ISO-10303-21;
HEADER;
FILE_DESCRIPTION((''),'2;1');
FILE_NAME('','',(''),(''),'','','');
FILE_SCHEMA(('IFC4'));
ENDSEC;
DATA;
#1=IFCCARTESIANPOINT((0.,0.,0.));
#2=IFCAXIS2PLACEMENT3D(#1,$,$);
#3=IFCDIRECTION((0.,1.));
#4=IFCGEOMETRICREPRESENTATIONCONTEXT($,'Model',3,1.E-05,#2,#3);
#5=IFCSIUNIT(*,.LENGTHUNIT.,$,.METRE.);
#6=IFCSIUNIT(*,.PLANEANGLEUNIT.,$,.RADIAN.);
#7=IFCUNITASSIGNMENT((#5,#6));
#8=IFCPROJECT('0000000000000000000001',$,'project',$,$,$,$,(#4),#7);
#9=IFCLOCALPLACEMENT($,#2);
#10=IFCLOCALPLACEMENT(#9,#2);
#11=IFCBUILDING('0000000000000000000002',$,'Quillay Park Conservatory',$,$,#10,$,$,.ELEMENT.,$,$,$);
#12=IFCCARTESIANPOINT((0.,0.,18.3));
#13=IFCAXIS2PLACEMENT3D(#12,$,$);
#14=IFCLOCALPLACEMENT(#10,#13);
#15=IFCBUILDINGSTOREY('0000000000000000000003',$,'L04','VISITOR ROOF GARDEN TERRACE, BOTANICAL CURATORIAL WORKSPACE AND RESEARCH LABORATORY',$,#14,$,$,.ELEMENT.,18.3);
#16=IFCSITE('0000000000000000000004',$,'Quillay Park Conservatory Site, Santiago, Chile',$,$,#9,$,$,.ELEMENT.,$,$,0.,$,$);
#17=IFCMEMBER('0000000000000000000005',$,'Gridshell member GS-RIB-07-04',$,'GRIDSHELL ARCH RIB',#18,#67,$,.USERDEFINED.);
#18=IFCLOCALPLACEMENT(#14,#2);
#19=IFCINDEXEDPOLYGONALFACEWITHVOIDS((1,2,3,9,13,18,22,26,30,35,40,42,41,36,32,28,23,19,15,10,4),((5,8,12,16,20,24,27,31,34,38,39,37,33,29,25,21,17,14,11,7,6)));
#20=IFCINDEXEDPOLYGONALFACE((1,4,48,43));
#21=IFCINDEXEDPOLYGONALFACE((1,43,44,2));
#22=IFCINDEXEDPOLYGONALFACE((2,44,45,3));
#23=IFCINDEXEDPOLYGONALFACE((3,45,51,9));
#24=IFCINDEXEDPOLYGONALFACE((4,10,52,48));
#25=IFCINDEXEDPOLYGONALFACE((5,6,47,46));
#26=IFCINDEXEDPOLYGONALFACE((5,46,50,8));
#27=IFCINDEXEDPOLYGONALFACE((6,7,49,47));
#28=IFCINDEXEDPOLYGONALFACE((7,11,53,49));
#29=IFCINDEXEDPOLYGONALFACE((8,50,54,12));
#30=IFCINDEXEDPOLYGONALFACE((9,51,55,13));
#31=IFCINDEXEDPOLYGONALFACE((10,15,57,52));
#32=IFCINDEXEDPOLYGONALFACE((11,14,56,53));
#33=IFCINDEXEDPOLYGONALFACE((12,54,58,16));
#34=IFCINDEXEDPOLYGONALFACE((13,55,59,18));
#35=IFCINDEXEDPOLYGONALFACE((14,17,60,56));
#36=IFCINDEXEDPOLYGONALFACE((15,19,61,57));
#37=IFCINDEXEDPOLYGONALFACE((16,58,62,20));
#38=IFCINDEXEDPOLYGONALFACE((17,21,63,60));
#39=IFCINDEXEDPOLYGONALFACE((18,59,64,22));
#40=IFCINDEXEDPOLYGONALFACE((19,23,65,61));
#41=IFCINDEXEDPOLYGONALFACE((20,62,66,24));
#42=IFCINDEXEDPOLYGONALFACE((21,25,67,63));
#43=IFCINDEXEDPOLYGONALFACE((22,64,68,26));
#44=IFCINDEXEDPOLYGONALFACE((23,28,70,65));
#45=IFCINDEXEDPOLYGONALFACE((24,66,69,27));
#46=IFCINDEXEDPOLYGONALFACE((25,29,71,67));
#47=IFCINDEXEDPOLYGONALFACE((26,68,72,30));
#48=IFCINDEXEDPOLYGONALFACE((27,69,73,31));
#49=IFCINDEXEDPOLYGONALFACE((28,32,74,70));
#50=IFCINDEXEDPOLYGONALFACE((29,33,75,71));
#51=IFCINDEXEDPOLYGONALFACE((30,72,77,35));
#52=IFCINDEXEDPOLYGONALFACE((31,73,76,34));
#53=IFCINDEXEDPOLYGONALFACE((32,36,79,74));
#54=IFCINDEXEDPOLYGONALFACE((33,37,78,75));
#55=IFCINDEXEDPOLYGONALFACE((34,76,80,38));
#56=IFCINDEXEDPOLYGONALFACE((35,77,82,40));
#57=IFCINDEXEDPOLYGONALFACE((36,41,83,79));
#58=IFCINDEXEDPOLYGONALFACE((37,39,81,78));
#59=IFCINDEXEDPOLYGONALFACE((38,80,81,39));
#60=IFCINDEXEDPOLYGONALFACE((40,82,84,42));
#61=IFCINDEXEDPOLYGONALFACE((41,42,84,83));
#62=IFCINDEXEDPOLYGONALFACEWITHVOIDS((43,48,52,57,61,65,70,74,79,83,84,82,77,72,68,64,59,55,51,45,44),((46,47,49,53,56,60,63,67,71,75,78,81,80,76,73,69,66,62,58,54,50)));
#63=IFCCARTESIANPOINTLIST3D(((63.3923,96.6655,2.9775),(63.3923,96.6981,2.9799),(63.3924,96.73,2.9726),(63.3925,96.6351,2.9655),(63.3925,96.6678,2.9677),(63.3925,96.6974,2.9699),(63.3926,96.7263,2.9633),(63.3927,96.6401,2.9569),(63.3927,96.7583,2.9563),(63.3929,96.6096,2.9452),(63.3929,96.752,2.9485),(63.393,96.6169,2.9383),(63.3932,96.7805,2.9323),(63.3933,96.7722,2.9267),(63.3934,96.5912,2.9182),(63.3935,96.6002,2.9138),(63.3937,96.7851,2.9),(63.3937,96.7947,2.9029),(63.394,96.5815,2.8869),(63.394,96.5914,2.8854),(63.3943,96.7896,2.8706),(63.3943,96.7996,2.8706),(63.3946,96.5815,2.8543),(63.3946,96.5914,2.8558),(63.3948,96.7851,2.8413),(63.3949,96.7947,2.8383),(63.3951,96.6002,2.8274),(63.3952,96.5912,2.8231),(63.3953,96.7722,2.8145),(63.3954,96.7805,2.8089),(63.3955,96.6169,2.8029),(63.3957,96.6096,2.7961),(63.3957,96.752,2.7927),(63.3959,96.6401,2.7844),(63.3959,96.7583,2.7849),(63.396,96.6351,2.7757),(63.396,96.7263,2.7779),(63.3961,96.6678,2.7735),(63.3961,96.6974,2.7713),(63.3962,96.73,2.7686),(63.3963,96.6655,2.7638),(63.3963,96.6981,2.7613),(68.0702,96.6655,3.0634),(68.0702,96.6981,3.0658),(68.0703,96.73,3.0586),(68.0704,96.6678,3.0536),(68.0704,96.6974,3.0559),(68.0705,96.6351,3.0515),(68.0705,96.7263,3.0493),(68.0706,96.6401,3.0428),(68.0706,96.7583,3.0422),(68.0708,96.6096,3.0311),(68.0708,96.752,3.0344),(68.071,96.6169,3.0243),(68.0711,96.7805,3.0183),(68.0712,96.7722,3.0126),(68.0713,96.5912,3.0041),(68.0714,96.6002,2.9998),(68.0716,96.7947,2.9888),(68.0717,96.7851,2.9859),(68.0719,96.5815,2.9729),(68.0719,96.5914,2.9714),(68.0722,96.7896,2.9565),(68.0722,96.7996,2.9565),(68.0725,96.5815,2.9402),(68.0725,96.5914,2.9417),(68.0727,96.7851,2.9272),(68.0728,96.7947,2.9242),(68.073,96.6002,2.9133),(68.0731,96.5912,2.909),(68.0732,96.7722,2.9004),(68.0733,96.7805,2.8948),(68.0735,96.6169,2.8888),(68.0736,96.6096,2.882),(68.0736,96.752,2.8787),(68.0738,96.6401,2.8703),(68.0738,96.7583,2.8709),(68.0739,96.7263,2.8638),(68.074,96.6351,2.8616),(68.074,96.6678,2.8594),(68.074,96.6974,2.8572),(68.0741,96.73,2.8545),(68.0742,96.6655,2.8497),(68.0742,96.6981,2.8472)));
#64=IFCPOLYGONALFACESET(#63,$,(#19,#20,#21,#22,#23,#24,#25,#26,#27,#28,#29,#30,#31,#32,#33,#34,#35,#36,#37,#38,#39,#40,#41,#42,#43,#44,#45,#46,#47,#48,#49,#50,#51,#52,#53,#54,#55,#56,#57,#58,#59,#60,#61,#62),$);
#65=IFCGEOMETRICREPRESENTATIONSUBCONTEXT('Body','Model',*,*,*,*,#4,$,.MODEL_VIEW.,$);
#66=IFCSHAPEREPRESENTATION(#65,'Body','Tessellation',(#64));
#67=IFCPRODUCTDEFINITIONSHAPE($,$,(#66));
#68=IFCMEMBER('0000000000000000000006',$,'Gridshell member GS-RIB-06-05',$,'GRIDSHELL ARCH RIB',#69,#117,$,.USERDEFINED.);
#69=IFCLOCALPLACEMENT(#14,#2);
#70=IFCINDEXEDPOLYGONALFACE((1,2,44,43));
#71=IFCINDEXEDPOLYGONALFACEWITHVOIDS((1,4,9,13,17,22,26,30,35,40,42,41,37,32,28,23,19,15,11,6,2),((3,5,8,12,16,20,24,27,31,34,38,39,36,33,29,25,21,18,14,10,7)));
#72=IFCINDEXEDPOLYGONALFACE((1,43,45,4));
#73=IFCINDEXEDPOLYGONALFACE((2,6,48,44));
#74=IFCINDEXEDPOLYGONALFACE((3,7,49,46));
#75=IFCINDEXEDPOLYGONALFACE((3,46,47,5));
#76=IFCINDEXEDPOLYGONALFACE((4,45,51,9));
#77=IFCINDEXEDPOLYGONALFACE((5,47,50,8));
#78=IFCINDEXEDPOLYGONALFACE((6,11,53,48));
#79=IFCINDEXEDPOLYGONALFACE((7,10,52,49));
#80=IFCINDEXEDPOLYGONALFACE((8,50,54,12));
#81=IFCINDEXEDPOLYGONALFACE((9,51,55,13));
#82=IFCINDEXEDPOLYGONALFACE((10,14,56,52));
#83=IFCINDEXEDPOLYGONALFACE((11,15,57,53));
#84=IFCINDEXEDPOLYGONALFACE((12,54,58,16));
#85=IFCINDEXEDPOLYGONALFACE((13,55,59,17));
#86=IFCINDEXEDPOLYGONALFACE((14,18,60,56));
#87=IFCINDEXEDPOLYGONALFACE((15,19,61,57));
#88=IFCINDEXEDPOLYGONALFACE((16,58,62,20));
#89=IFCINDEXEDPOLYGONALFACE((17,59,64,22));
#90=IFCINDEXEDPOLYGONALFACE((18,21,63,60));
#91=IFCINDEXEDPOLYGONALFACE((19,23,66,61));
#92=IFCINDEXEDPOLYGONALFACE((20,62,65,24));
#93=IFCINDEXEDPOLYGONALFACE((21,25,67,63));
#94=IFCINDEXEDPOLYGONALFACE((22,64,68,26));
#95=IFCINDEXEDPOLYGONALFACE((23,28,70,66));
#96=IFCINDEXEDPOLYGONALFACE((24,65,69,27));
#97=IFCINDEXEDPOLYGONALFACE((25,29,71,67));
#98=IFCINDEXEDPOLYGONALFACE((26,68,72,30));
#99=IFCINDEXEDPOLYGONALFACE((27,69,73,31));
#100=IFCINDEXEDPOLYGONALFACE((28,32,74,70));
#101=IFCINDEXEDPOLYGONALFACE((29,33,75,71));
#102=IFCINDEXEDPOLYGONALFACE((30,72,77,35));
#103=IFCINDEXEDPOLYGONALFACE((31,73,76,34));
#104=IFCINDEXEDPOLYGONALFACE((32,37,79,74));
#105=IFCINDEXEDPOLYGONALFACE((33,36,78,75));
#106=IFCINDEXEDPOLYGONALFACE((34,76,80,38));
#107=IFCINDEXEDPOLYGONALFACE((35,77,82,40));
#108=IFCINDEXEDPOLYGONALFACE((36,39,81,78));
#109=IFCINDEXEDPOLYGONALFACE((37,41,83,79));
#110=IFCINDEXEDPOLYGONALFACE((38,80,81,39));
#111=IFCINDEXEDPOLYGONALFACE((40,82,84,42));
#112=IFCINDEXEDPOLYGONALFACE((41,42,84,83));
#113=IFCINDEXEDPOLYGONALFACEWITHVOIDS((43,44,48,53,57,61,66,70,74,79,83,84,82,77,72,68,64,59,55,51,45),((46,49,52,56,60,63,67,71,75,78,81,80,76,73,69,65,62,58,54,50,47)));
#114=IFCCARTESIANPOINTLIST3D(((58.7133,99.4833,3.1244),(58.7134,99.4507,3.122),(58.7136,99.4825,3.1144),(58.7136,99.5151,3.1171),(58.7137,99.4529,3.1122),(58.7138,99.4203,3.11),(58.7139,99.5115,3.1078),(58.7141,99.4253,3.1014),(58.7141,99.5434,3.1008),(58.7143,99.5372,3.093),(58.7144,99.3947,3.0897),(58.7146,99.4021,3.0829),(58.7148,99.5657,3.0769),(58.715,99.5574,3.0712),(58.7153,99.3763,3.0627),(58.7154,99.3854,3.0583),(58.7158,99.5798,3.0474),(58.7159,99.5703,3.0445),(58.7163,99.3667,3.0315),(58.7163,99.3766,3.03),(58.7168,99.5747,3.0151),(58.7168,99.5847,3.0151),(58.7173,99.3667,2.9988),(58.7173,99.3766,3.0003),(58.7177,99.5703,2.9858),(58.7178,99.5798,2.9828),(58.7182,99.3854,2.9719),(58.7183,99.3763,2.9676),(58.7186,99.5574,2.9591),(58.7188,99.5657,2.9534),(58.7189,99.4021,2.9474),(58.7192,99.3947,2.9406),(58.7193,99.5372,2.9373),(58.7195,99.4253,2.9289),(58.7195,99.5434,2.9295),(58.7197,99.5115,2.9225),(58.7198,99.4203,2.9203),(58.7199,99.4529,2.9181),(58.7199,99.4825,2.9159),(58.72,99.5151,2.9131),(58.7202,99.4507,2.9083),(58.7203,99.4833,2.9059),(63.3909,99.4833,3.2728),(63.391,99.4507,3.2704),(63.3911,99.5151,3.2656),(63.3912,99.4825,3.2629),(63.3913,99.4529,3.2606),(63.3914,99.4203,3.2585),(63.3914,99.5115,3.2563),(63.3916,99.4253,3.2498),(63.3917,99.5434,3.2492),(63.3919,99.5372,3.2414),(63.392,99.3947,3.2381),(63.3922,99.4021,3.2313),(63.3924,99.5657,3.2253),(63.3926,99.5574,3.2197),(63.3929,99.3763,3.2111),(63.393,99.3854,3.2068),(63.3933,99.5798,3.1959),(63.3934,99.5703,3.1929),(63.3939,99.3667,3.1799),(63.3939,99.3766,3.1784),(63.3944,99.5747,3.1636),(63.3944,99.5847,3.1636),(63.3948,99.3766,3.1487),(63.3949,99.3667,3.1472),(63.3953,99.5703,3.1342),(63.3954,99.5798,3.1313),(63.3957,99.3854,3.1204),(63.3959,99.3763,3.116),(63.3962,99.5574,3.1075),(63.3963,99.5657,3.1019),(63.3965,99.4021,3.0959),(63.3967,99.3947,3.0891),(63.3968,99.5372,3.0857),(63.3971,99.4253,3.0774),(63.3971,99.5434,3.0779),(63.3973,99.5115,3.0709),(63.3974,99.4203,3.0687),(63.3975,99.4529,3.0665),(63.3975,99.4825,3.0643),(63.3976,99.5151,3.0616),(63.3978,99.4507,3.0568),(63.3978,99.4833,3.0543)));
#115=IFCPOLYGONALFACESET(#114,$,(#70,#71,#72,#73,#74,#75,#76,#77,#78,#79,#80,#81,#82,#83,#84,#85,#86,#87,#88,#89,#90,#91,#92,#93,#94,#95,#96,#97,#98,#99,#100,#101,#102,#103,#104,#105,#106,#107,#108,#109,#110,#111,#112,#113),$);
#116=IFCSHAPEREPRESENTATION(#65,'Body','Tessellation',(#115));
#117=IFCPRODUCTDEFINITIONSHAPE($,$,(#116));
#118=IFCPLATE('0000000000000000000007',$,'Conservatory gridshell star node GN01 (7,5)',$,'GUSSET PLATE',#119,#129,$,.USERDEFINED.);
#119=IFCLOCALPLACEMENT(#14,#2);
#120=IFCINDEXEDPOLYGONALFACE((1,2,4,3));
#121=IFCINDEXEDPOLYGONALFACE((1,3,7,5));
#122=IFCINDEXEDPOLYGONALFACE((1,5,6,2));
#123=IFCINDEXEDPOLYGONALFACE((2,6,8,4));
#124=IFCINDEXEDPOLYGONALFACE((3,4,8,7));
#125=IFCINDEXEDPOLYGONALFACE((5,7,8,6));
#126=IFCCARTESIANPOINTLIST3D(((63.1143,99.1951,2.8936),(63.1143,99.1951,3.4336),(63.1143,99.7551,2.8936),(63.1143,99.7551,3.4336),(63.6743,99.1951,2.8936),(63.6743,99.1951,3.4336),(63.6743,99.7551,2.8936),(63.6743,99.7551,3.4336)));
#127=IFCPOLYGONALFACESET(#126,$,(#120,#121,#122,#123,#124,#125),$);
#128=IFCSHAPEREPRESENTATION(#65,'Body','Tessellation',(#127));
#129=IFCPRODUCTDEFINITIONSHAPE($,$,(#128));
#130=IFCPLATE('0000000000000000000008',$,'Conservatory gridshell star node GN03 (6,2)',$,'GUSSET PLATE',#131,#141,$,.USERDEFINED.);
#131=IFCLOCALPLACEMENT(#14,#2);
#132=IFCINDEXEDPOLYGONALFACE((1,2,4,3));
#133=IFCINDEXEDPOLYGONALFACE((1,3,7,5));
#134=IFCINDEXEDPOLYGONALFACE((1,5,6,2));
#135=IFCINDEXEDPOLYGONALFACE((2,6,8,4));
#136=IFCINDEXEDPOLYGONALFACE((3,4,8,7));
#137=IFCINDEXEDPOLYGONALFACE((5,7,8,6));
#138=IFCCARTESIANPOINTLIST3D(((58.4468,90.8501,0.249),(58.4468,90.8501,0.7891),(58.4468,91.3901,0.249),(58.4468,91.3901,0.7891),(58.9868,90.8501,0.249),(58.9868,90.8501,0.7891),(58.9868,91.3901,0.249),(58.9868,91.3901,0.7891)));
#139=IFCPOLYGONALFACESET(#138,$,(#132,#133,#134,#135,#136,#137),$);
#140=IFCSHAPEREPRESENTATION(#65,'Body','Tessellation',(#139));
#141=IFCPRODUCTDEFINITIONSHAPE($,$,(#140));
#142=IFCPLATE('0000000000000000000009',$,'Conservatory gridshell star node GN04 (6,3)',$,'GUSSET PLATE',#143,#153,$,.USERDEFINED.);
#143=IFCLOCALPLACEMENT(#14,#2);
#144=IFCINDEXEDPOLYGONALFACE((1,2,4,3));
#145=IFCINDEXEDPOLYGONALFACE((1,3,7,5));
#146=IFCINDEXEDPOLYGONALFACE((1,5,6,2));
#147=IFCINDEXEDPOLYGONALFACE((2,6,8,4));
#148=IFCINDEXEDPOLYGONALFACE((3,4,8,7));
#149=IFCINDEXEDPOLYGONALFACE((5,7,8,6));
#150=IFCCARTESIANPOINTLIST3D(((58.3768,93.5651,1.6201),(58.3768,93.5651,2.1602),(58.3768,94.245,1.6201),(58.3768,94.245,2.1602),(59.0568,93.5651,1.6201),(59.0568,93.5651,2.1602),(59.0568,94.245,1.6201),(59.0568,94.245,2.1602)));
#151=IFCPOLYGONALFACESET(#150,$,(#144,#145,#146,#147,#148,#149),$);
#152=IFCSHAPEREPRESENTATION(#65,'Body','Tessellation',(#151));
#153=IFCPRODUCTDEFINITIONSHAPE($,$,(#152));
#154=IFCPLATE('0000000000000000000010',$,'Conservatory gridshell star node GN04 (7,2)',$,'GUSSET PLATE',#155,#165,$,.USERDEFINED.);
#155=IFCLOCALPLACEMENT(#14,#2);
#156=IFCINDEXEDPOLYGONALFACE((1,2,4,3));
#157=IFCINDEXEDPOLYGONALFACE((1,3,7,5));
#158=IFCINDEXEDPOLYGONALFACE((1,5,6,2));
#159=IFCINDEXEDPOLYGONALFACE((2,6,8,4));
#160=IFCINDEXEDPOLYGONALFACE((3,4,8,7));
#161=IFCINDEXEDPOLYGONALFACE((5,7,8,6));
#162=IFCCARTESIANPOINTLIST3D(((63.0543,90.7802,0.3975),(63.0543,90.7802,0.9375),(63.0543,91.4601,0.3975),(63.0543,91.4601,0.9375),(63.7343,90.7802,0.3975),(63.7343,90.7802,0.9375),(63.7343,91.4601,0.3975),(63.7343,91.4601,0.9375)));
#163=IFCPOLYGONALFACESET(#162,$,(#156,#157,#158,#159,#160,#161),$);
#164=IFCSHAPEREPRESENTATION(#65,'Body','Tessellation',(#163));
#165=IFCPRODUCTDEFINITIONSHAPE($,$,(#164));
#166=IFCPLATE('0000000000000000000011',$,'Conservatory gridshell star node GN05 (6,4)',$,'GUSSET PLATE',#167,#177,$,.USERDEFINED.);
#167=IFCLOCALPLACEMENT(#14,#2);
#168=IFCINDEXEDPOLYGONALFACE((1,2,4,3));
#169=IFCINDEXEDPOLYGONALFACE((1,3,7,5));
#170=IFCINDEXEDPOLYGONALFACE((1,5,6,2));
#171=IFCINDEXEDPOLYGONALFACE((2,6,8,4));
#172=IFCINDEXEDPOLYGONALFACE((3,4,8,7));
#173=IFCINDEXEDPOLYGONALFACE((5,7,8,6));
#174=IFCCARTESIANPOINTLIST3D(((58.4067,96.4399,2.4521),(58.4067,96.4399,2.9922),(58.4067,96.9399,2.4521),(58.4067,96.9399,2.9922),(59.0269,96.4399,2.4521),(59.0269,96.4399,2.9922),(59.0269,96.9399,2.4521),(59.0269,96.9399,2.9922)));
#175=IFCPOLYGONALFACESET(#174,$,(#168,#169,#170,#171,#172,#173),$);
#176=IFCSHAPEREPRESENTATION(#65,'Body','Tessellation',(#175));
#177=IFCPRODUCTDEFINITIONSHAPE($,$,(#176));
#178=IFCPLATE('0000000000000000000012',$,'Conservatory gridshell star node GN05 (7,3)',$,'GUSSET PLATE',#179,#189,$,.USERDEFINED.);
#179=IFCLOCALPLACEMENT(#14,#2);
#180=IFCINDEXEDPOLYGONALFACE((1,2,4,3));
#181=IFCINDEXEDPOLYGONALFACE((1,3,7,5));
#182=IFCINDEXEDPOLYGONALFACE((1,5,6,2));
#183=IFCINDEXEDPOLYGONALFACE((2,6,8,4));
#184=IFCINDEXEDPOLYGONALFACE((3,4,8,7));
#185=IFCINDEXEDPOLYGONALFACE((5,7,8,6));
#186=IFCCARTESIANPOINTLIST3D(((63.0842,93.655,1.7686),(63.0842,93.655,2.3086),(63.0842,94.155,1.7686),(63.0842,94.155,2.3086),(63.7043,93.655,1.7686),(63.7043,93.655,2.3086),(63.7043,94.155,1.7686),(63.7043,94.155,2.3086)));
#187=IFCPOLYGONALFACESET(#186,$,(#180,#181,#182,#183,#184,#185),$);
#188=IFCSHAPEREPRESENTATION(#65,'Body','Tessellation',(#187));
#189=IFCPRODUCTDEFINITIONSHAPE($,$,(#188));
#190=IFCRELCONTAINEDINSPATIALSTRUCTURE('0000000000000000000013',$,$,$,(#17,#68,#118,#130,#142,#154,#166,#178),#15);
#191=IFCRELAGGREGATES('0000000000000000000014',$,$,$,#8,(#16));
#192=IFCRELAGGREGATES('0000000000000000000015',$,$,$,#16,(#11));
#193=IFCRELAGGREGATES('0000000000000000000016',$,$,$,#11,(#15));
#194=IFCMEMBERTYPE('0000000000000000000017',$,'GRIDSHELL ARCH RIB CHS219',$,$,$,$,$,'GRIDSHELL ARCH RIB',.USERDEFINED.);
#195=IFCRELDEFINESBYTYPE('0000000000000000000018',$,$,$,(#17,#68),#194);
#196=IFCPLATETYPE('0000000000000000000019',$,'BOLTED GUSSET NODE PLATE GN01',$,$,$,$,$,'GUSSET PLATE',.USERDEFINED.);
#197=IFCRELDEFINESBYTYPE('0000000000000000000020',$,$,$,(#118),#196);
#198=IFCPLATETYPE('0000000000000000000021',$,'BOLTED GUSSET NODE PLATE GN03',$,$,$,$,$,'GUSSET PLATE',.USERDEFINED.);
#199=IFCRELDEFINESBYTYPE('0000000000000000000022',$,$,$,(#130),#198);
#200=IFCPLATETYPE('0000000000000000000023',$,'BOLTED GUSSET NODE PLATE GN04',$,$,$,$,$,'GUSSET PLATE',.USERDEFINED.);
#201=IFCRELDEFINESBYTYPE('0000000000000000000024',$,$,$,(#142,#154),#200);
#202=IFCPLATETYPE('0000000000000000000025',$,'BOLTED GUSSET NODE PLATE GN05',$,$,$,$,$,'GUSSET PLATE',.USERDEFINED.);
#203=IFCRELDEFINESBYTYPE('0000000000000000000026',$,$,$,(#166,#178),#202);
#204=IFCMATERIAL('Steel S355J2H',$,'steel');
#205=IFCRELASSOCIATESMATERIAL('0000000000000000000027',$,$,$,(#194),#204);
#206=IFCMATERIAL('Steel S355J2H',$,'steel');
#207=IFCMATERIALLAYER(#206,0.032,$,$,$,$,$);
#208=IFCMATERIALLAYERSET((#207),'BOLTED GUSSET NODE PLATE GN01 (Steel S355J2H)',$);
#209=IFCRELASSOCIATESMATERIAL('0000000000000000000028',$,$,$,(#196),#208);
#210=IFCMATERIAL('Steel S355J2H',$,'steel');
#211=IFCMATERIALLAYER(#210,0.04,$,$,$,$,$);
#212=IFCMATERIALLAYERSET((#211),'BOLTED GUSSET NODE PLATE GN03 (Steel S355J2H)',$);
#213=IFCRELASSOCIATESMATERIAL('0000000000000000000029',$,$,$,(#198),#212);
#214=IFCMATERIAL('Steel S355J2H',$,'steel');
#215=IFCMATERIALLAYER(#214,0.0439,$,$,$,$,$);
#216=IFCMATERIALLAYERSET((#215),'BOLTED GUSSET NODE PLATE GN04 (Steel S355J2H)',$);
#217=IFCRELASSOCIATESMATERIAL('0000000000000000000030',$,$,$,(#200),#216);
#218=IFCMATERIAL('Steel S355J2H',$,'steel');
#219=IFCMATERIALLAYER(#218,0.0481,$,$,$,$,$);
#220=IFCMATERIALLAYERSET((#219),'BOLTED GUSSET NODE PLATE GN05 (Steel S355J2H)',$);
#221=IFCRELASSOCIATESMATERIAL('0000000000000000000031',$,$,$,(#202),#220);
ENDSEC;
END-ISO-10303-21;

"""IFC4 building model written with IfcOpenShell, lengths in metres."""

from ifc_helpers import new_model, si_unit, direction, frame, origin, origin_2d, place, context, subcontext, project, spatial, rectangle, hollow_circle, extrude, material, layer, layer_set, material_profile, profile_set, type_object, element, save


model = new_model("IFC4")

# Units and contexts
model_context = context("Model", 3, precision=1e-05, world=origin(), true_north=direction((0.0, 1.0)))
body_context = subcontext(model_context, "Body", "Model", "MODEL_VIEW")
ifc_project = project(units=[si_unit("LENGTHUNIT", "METRE"), si_unit("PLANEANGLEUNIT", "RADIAN")], contexts=[model_context])

# Site, building, storey
site_placement = place(None, origin())
site = spatial("IfcSite", under=ifc_project, at=site_placement, Name="Quillay Park Conservatory Site, Santiago, Chile", CompositionType="ELEMENT", RefElevation=0.0)
building_placement = place(site_placement, origin())
building = spatial("IfcBuilding", under=site, at=building_placement, Name="Quillay Park Conservatory", CompositionType="ELEMENT")
storey_placement = place(building_placement, frame((0.0, 0.0, 18.3)))
storey = spatial("IfcBuildingStorey", under=building, at=storey_placement, Name="L04", Description="VISITOR ROOF GARDEN TERRACE, BOTANICAL CURATORIAL WORKSPACE AND RESEARCH LABORATORY", CompositionType="ELEMENT", Elevation=18.3)

# Members
ifc_material_1 = material(Name="Steel S355J2H", Category="steel")
ifc_material_profile_1 = material_profile(ifc_material_1, hollow_circle(Radius=0.1096, WallThickness=0.01, at=origin_2d()), Name="CHS219.1x10")
ifc_profile_set_1 = profile_set([ifc_material_profile_1], Name="Steel S355J2H")
member_type = type_object("IfcMemberType", Name="GRIDSHELL ARCH RIB CHS219", ElementType="GRIDSHELL ARCH RIB", PredefinedType="USERDEFINED", material=ifc_profile_set_1)
member_1_placement = place(storey_placement, frame((63.3943, 96.6899, 2.8706), z_axis=(0.999831, 0.0, 0.018368), x_axis=(0.0, 1.0, 0.0)))
element("IfcMember", 1, at=member_1_placement, inside=storey, type_object=member_type, Name="Gridshell member GS-RIB-07-04", ObjectType="GRIDSHELL ARCH RIB", PredefinedType="USERDEFINED", context=body_context, shape_type="SweptSolid", body=[
    extrude(hollow_circle(Radius=0.1096, WallThickness=0.01, at=origin_2d()), origin(), (0.0, 0.0, 1.0), 4.6787),
])
member_2_placement = place(storey_placement, frame((58.7168, 99.4751, 3.0151), z_axis=(0.999497, 0.0, 0.031718), x_axis=(0.0, 1.0, 0.0)))
element("IfcMember", 2, at=member_2_placement, inside=storey, type_object=member_type, Name="Gridshell member GS-RIB-06-05", ObjectType="GRIDSHELL ARCH RIB", PredefinedType="USERDEFINED", context=body_context, shape_type="SweptSolid", body=[
    extrude(hollow_circle(Radius=0.1096, WallThickness=0.01, at=origin_2d()), origin(), (0.0, 0.0, 1.0), 4.6799),
])

# Plates
ifc_material_2 = material(Name="Steel S355J2H", Category="steel")
ifc_layer_1 = layer(ifc_material_2, 0.032)
ifc_layer_set_1 = layer_set([ifc_layer_1], Name="BOLTED GUSSET NODE PLATE GN01 (Steel S355J2H)")
plate_type_1 = type_object("IfcPlateType", Name="BOLTED GUSSET NODE PLATE GN01", ElementType="GUSSET PLATE", PredefinedType="USERDEFINED", material=ifc_layer_set_1)
plate_1_placement = place(storey_placement, frame((63.3943, 99.4751, 2.8936), z_axis=(0.0, 0.0, 1.0), x_axis=(1.0, 0.0, 0.0)))
element("IfcPlate", 3, at=plate_1_placement, inside=storey, type_object=plate_type_1, Name="Conservatory gridshell star node GN01 (7,5)", ObjectType="GUSSET PLATE", PredefinedType="USERDEFINED", context=body_context, shape_type="SweptSolid", body=[
    extrude(rectangle(XDim=0.5601, YDim=0.5601, at=origin_2d()), origin(), (0.0, 0.0, 1.0), 0.54),
])
ifc_material_3 = material(Name="Steel S355J2H", Category="steel")
ifc_layer_2 = layer(ifc_material_3, 0.04)
ifc_layer_set_2 = layer_set([ifc_layer_2], Name="BOLTED GUSSET NODE PLATE GN03 (Steel S355J2H)")
plate_type_2 = type_object("IfcPlateType", Name="BOLTED GUSSET NODE PLATE GN03", ElementType="GUSSET PLATE", PredefinedType="USERDEFINED", material=ifc_layer_set_2)
plate_2_placement = place(storey_placement, frame((58.7168, 91.1201, 0.249), z_axis=(0.0, 0.0, 1.0), x_axis=(1.0, 0.0, 0.0)))
element("IfcPlate", 4, at=plate_2_placement, inside=storey, type_object=plate_type_2, Name="Conservatory gridshell star node GN03 (6,2)", ObjectType="GUSSET PLATE", PredefinedType="USERDEFINED", context=body_context, shape_type="SweptSolid", body=[
    extrude(rectangle(XDim=0.54, YDim=0.54, at=origin_2d()), origin(), (0.0, 0.0, 1.0), 0.54),
])
ifc_material_4 = material(Name="Steel S355J2H", Category="steel")
ifc_layer_3 = layer(ifc_material_4, 0.0439)
ifc_layer_set_3 = layer_set([ifc_layer_3], Name="BOLTED GUSSET NODE PLATE GN04 (Steel S355J2H)")
plate_type_3 = type_object("IfcPlateType", Name="BOLTED GUSSET NODE PLATE GN04", ElementType="GUSSET PLATE", PredefinedType="USERDEFINED", material=ifc_layer_set_3)
for number, where, z_axis, x_axis, name in (
    (5, (58.7168, 93.905, 1.6201), (0.0, 0.0, 1.0), (1.0, 0.0, 0.0), "Conservatory gridshell star node GN04 (6,3)"),
    (6, (63.3943, 91.1201, 0.3975), (0.0, 0.0, 1.0), (1.0, 0.0, 0.0), "Conservatory gridshell star node GN04 (7,2)"),
):
    element("IfcPlate", number, at=place(storey_placement, frame(where, z_axis=z_axis, x_axis=x_axis)), inside=storey, type_object=plate_type_3, Name=name, ObjectType="GUSSET PLATE", PredefinedType="USERDEFINED", context=body_context, shape_type="SweptSolid", body=[
        extrude(rectangle(XDim=0.6799, YDim=0.6799, at=origin_2d()), origin(), (0.0, 0.0, 1.0), 0.54),
    ])
ifc_material_5 = material(Name="Steel S355J2H", Category="steel")
ifc_layer_4 = layer(ifc_material_5, 0.0481)
ifc_layer_set_4 = layer_set([ifc_layer_4], Name="BOLTED GUSSET NODE PLATE GN05 (Steel S355J2H)")
plate_type_4 = type_object("IfcPlateType", Name="BOLTED GUSSET NODE PLATE GN05", ElementType="GUSSET PLATE", PredefinedType="USERDEFINED", material=ifc_layer_set_4)
for number, where, z_axis, x_axis, name in (
    (7, (58.7168, 96.6899, 2.4521), (0.0, 0.0, 1.0), (1.0, 0.0, 0.0), "Conservatory gridshell star node GN05 (6,4)"),
    (8, (63.3943, 93.905, 1.7686), (0.0, 0.0, 1.0), (1.0, 0.0, 0.0), "Conservatory gridshell star node GN05 (7,3)"),
):
    element("IfcPlate", number, at=place(storey_placement, frame(where, z_axis=z_axis, x_axis=x_axis)), inside=storey, type_object=plate_type_4, Name=name, ObjectType="GUSSET PLATE", PredefinedType="USERDEFINED", context=body_context, shape_type="SweptSolid", body=[
        extrude(rectangle(XDim=0.6201, YDim=0.5, at=origin_2d()), origin(), (0.0, 0.0, 1.0), 0.54),
    ])

save(model, "model.ifc")
